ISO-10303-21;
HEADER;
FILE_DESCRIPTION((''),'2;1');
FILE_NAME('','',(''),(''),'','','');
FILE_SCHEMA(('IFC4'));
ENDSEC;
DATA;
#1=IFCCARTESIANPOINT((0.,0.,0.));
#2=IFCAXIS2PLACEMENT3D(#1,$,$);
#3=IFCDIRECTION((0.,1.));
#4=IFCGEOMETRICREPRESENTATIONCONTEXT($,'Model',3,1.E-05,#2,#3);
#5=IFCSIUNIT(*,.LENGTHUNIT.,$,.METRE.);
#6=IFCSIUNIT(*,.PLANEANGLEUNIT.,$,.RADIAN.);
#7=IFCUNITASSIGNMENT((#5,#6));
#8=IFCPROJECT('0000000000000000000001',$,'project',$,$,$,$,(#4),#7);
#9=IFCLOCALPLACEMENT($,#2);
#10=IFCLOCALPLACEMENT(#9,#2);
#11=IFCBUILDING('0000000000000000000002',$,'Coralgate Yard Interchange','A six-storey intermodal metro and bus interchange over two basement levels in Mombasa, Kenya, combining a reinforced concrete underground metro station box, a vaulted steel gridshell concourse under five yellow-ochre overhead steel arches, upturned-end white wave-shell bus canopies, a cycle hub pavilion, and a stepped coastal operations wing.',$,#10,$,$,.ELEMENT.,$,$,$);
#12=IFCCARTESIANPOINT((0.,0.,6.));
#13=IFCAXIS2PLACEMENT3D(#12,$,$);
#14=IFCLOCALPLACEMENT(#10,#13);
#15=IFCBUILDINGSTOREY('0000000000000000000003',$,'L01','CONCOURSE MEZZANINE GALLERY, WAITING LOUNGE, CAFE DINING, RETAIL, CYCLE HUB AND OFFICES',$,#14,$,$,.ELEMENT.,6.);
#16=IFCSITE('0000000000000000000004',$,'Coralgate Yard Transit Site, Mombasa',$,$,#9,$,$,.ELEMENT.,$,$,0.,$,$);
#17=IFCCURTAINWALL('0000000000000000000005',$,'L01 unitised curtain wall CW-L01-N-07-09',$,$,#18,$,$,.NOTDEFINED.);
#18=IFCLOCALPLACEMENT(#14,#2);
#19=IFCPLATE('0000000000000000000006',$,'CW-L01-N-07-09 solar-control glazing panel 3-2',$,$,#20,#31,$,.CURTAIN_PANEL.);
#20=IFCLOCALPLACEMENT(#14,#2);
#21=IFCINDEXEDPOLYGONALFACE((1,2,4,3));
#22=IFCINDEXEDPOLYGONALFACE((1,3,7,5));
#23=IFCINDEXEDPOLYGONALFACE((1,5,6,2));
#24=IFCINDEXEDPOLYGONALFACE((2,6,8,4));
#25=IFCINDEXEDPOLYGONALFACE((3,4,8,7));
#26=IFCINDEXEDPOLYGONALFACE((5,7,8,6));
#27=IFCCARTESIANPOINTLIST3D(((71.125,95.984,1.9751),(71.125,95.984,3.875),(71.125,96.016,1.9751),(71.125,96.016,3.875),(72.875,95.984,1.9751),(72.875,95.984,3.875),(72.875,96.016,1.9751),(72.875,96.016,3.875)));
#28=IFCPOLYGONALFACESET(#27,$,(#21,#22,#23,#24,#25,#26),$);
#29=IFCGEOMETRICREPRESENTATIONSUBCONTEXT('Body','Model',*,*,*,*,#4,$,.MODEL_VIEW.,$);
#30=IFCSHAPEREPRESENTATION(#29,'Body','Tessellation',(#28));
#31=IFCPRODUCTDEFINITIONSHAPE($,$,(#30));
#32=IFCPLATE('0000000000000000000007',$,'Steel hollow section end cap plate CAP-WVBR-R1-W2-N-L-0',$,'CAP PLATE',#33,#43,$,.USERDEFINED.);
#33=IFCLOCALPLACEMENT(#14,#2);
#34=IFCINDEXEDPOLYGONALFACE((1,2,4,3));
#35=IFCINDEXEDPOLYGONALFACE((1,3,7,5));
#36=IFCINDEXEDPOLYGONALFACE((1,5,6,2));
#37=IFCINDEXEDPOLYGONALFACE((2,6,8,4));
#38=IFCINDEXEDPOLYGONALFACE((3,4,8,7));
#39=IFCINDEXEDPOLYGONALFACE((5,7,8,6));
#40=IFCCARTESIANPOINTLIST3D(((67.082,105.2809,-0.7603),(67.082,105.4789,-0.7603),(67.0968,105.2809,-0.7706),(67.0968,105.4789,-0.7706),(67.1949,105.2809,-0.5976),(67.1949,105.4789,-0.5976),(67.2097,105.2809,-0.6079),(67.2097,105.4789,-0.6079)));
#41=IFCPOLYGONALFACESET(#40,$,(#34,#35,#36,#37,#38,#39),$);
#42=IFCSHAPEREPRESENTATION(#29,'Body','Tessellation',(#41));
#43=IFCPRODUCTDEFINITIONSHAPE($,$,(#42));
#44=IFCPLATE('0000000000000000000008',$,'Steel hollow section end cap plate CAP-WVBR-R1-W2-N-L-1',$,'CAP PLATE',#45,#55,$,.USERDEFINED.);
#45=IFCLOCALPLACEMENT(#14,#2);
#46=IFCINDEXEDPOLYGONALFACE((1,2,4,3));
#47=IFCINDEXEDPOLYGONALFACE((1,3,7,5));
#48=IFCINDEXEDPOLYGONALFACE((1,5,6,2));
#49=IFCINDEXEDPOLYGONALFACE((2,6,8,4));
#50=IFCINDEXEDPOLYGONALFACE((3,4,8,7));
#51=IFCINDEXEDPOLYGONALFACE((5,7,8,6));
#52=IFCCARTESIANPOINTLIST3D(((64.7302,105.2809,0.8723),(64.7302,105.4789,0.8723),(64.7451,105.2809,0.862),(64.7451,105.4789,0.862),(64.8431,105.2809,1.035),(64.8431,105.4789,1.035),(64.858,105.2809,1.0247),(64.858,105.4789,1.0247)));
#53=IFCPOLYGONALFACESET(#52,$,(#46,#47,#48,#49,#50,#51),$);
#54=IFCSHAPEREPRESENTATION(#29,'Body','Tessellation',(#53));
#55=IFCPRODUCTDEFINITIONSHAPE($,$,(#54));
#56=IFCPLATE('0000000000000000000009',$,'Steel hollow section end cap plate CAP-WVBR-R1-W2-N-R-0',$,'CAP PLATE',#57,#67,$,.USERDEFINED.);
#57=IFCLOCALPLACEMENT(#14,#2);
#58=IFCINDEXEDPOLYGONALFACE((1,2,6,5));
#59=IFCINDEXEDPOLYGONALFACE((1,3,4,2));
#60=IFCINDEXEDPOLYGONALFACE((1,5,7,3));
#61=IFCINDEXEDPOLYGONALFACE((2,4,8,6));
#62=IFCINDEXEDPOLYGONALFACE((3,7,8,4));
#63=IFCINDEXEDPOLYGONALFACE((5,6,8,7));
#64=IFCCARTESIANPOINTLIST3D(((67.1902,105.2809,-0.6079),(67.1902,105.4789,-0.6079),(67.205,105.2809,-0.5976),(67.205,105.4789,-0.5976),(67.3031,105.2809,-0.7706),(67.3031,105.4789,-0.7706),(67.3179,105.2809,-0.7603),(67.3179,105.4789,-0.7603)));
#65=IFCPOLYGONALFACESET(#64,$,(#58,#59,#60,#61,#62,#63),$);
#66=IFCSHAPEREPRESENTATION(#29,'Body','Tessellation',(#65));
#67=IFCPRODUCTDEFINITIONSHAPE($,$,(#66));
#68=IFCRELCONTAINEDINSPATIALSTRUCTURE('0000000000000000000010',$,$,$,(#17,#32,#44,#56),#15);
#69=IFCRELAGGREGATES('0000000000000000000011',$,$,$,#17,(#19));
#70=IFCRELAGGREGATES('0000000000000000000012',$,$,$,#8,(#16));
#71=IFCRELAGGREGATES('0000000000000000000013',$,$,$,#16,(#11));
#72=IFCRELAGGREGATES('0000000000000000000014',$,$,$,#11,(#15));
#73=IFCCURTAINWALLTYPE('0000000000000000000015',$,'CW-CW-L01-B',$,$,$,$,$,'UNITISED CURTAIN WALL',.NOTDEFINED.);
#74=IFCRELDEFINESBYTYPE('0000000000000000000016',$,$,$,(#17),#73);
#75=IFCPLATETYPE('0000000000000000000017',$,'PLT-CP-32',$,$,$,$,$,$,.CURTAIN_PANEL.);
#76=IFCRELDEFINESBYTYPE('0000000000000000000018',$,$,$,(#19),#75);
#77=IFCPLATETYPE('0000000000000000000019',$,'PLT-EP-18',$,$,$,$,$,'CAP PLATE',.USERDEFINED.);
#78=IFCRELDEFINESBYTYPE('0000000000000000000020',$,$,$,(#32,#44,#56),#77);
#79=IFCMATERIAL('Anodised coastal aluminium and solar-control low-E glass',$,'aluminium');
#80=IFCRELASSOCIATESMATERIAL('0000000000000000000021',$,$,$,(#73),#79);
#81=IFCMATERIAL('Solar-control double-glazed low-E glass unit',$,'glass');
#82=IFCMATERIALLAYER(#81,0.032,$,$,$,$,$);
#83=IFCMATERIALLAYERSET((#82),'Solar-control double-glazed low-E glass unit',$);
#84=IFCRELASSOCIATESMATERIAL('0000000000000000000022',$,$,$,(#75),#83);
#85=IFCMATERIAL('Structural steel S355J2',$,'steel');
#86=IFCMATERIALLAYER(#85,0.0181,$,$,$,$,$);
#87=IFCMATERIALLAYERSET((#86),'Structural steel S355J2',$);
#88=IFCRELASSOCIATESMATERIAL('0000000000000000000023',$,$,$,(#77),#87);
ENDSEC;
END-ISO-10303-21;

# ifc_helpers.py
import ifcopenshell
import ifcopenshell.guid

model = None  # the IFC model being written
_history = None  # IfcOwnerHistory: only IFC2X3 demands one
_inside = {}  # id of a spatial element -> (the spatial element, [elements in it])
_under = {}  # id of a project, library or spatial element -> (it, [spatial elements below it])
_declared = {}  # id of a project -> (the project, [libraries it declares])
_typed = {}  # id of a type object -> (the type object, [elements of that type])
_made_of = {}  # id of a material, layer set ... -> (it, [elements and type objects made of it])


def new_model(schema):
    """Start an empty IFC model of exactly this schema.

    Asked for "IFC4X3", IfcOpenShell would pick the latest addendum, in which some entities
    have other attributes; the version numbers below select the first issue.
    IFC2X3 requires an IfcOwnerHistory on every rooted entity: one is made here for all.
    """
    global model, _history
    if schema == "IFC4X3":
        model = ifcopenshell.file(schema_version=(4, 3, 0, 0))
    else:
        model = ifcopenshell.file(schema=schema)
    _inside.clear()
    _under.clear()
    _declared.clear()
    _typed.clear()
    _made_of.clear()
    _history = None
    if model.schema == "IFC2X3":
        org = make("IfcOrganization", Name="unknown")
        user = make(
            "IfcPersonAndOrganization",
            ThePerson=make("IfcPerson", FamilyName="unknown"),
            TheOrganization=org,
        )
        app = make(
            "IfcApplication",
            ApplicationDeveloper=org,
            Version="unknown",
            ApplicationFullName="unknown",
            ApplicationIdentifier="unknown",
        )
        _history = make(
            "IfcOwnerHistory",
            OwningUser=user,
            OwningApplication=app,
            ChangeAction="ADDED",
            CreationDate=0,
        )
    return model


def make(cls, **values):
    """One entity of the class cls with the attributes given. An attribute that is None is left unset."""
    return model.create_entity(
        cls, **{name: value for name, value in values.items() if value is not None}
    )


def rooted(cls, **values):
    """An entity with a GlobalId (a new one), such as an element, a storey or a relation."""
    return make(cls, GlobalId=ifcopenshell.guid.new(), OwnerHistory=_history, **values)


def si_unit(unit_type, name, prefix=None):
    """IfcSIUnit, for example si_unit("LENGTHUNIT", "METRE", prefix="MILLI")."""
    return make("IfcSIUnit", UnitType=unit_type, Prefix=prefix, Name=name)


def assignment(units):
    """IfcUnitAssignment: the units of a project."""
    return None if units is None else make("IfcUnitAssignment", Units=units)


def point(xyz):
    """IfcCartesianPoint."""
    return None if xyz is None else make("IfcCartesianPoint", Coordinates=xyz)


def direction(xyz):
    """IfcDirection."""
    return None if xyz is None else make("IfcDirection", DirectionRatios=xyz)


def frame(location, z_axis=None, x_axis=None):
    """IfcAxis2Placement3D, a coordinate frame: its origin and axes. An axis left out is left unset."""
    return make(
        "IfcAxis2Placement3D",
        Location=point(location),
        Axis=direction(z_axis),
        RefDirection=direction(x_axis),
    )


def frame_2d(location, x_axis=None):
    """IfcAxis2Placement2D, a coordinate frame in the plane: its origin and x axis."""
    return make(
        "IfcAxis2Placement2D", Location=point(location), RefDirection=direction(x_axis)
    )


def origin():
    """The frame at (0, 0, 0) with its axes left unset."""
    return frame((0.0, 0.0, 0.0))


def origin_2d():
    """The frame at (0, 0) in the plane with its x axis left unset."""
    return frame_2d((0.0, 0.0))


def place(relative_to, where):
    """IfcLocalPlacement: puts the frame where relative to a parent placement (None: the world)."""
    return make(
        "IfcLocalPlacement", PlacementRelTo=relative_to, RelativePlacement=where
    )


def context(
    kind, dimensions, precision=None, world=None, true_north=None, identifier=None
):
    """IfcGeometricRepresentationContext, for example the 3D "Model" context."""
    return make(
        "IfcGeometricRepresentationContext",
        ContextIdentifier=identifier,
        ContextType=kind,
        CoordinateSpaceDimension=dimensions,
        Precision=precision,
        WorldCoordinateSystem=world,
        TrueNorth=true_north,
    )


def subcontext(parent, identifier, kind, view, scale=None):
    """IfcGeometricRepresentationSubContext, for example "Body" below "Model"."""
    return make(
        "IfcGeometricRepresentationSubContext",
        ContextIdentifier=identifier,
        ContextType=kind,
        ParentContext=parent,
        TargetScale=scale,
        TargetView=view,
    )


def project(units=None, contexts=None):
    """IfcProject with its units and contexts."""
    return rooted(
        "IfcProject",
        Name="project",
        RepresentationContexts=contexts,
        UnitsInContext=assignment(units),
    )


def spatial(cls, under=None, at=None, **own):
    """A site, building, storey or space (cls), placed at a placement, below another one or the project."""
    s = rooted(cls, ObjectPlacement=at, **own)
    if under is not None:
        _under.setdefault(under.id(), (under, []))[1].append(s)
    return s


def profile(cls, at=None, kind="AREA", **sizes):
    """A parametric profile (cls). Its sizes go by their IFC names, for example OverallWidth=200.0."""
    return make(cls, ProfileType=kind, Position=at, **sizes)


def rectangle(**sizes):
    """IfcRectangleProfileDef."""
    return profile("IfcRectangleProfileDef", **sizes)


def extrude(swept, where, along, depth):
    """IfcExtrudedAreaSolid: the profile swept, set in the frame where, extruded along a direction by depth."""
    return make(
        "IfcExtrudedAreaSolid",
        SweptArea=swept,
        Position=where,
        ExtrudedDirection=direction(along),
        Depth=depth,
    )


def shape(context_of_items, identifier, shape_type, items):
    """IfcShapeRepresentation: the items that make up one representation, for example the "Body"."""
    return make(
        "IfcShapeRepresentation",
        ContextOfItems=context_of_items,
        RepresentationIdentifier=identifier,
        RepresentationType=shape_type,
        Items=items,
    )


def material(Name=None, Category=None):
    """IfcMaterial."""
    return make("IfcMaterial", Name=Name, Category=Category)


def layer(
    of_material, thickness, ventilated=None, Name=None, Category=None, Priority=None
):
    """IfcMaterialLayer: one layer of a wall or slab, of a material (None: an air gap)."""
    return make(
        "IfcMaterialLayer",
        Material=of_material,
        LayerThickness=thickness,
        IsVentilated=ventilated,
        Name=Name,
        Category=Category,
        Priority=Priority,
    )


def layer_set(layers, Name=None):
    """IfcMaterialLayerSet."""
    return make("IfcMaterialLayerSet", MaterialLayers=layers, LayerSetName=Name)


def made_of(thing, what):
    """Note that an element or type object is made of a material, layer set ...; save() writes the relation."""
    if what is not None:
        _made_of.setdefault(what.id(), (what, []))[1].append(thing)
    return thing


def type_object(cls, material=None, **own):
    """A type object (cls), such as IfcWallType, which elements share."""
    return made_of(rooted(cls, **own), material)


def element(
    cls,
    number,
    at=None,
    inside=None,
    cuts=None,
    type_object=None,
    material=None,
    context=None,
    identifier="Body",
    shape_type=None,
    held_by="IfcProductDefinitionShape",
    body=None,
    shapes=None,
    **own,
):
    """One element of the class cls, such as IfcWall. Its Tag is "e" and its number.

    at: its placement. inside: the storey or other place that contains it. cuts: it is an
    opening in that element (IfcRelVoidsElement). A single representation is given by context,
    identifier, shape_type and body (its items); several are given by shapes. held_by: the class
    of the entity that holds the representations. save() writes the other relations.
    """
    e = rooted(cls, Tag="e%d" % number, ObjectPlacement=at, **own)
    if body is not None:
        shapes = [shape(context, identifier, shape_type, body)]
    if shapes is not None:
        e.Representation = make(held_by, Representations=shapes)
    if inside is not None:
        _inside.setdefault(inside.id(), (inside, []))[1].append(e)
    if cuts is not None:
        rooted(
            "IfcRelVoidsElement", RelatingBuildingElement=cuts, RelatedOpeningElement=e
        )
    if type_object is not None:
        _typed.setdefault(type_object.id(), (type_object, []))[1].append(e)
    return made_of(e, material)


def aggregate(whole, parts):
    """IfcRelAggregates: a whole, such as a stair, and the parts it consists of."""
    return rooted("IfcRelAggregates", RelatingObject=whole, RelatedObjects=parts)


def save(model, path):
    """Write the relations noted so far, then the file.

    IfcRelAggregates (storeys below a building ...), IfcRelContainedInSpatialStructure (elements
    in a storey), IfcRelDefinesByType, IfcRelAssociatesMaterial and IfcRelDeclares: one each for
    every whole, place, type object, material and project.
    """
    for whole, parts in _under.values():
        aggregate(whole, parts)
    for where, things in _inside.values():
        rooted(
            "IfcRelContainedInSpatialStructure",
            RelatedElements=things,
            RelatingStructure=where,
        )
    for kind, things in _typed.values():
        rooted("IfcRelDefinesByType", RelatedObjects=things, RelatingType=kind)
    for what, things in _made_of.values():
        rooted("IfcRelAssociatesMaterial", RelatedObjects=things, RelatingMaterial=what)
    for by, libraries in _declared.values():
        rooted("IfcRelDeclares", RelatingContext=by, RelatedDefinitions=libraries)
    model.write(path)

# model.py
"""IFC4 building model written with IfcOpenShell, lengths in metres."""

from ifc_helpers import new_model, si_unit, direction, frame, origin, origin_2d, place, context, subcontext, project, spatial, rectangle, extrude, material, layer, layer_set, type_object, element, aggregate, save


model = new_model("IFC4")

# Units and contexts
model_context = context("Model", 3, precision=1e-05, world=origin(), true_north=direction((0.0, 1.0)))
body_context = subcontext(model_context, "Body", "Model", "MODEL_VIEW")
ifc_project = project(units=[si_unit("LENGTHUNIT", "METRE"), si_unit("PLANEANGLEUNIT", "RADIAN")], contexts=[model_context])

# Site, building, storey
site_placement = place(None, origin())
site = spatial("IfcSite", under=ifc_project, at=site_placement, Name="Coralgate Yard Transit Site, Mombasa", CompositionType="ELEMENT", RefElevation=0.0)
building_placement = place(site_placement, origin())
building = spatial("IfcBuilding", under=site, at=building_placement, Name="Coralgate Yard Interchange", Description="A six-storey intermodal metro and bus interchange over two basement levels in Mombasa, Kenya, combining a reinforced concrete underground metro station box, a vaulted steel gridshell concourse under five yellow-ochre overhead steel arches, upturned-end white wave-shell bus canopies, a cycle hub pavilion, and a stepped coastal operations wing.", CompositionType="ELEMENT")
storey_placement = place(building_placement, frame((0.0, 0.0, 6.0)))
storey = spatial("IfcBuildingStorey", under=building, at=storey_placement, Name="L01", Description="CONCOURSE MEZZANINE GALLERY, WAITING LOUNGE, CAFE DINING, RETAIL, CYCLE HUB AND OFFICES", CompositionType="ELEMENT", Elevation=6.0)

# Curtain wall
ifc_material_1 = material(Name="Anodised coastal aluminium and solar-control low-E glass", Category="aluminium")
curtain_wall_type = type_object("IfcCurtainWallType", Name="CW-CW-L01-B", ElementType="UNITISED CURTAIN WALL", PredefinedType="NOTDEFINED", material=ifc_material_1)
curtain_wall_placement = place(storey_placement, origin())
curtain_wall = element("IfcCurtainWall", 1, at=curtain_wall_placement, inside=storey, type_object=curtain_wall_type, Name="L01 unitised curtain wall CW-L01-N-07-09", PredefinedType="NOTDEFINED")

# Plate
ifc_material_2 = material(Name="Solar-control double-glazed low-E glass unit", Category="glass")
ifc_layer_1 = layer(ifc_material_2, 0.032)
ifc_layer_set_1 = layer_set([ifc_layer_1], Name="Solar-control double-glazed low-E glass unit")
plate_type_1 = type_object("IfcPlateType", Name="PLT-CP-32", PredefinedType="CURTAIN_PANEL", material=ifc_layer_set_1)
plate_1_placement = place(storey_placement, frame((72.0, 96.0, 1.9751), z_axis=(0.0, 0.0, 1.0), x_axis=(1.0, 0.0, 0.0)))
plate_1 = element("IfcPlate", 2, at=plate_1_placement, type_object=plate_type_1, Name="CW-L01-N-07-09 solar-control glazing panel 3-2", PredefinedType="CURTAIN_PANEL", context=body_context, shape_type="SweptSolid", body=[
    extrude(rectangle(XDim=1.75, YDim=0.032, at=origin_2d()), origin(), (0.0, 0.0, 1.0), 1.8999),
])
aggregate(curtain_wall, [plate_1])

# Plates
ifc_material_3 = material(Name="Structural steel S355J2", Category="steel")
ifc_layer_2 = layer(ifc_material_3, 0.0181)
ifc_layer_set_2 = layer_set([ifc_layer_2], Name="Structural steel S355J2")
plate_type_2 = type_object("IfcPlateType", Name="PLT-EP-18", ElementType="CAP PLATE", PredefinedType="USERDEFINED", material=ifc_layer_set_2)
for number, where, z_axis, x_axis, name in (
    (3, (67.1384, 105.3799, -0.679), (0.821436, 0.0, -0.570301), (0.0, 1.0, 0.0), "Steel hollow section end cap plate CAP-WVBR-R1-W2-N-L-0"),
    (4, (64.8015, 105.3799, 0.9434), (-0.821436, 0.0, 0.570301), (0.0, -1.0, 0.0), "Steel hollow section end cap plate CAP-WVBR-R1-W2-N-L-1"),
    (5, (67.2615, 105.3799, -0.679), (-0.821436, 0.0, -0.570301), (0.0, -1.0, 0.0), "Steel hollow section end cap plate CAP-WVBR-R1-W2-N-R-0"),
):
    element("IfcPlate", number, at=place(storey_placement, frame(where, z_axis=z_axis, x_axis=x_axis)), inside=storey, type_object=plate_type_2, Name=name, ObjectType="CAP PLATE", PredefinedType="USERDEFINED", context=body_context, shape_type="SweptSolid", body=[
        extrude(rectangle(XDim=0.198, YDim=0.198, at=origin_2d()), origin(), (0.0, 0.0, 1.0), 0.0181),
    ])

save(model, "model.ifc")
